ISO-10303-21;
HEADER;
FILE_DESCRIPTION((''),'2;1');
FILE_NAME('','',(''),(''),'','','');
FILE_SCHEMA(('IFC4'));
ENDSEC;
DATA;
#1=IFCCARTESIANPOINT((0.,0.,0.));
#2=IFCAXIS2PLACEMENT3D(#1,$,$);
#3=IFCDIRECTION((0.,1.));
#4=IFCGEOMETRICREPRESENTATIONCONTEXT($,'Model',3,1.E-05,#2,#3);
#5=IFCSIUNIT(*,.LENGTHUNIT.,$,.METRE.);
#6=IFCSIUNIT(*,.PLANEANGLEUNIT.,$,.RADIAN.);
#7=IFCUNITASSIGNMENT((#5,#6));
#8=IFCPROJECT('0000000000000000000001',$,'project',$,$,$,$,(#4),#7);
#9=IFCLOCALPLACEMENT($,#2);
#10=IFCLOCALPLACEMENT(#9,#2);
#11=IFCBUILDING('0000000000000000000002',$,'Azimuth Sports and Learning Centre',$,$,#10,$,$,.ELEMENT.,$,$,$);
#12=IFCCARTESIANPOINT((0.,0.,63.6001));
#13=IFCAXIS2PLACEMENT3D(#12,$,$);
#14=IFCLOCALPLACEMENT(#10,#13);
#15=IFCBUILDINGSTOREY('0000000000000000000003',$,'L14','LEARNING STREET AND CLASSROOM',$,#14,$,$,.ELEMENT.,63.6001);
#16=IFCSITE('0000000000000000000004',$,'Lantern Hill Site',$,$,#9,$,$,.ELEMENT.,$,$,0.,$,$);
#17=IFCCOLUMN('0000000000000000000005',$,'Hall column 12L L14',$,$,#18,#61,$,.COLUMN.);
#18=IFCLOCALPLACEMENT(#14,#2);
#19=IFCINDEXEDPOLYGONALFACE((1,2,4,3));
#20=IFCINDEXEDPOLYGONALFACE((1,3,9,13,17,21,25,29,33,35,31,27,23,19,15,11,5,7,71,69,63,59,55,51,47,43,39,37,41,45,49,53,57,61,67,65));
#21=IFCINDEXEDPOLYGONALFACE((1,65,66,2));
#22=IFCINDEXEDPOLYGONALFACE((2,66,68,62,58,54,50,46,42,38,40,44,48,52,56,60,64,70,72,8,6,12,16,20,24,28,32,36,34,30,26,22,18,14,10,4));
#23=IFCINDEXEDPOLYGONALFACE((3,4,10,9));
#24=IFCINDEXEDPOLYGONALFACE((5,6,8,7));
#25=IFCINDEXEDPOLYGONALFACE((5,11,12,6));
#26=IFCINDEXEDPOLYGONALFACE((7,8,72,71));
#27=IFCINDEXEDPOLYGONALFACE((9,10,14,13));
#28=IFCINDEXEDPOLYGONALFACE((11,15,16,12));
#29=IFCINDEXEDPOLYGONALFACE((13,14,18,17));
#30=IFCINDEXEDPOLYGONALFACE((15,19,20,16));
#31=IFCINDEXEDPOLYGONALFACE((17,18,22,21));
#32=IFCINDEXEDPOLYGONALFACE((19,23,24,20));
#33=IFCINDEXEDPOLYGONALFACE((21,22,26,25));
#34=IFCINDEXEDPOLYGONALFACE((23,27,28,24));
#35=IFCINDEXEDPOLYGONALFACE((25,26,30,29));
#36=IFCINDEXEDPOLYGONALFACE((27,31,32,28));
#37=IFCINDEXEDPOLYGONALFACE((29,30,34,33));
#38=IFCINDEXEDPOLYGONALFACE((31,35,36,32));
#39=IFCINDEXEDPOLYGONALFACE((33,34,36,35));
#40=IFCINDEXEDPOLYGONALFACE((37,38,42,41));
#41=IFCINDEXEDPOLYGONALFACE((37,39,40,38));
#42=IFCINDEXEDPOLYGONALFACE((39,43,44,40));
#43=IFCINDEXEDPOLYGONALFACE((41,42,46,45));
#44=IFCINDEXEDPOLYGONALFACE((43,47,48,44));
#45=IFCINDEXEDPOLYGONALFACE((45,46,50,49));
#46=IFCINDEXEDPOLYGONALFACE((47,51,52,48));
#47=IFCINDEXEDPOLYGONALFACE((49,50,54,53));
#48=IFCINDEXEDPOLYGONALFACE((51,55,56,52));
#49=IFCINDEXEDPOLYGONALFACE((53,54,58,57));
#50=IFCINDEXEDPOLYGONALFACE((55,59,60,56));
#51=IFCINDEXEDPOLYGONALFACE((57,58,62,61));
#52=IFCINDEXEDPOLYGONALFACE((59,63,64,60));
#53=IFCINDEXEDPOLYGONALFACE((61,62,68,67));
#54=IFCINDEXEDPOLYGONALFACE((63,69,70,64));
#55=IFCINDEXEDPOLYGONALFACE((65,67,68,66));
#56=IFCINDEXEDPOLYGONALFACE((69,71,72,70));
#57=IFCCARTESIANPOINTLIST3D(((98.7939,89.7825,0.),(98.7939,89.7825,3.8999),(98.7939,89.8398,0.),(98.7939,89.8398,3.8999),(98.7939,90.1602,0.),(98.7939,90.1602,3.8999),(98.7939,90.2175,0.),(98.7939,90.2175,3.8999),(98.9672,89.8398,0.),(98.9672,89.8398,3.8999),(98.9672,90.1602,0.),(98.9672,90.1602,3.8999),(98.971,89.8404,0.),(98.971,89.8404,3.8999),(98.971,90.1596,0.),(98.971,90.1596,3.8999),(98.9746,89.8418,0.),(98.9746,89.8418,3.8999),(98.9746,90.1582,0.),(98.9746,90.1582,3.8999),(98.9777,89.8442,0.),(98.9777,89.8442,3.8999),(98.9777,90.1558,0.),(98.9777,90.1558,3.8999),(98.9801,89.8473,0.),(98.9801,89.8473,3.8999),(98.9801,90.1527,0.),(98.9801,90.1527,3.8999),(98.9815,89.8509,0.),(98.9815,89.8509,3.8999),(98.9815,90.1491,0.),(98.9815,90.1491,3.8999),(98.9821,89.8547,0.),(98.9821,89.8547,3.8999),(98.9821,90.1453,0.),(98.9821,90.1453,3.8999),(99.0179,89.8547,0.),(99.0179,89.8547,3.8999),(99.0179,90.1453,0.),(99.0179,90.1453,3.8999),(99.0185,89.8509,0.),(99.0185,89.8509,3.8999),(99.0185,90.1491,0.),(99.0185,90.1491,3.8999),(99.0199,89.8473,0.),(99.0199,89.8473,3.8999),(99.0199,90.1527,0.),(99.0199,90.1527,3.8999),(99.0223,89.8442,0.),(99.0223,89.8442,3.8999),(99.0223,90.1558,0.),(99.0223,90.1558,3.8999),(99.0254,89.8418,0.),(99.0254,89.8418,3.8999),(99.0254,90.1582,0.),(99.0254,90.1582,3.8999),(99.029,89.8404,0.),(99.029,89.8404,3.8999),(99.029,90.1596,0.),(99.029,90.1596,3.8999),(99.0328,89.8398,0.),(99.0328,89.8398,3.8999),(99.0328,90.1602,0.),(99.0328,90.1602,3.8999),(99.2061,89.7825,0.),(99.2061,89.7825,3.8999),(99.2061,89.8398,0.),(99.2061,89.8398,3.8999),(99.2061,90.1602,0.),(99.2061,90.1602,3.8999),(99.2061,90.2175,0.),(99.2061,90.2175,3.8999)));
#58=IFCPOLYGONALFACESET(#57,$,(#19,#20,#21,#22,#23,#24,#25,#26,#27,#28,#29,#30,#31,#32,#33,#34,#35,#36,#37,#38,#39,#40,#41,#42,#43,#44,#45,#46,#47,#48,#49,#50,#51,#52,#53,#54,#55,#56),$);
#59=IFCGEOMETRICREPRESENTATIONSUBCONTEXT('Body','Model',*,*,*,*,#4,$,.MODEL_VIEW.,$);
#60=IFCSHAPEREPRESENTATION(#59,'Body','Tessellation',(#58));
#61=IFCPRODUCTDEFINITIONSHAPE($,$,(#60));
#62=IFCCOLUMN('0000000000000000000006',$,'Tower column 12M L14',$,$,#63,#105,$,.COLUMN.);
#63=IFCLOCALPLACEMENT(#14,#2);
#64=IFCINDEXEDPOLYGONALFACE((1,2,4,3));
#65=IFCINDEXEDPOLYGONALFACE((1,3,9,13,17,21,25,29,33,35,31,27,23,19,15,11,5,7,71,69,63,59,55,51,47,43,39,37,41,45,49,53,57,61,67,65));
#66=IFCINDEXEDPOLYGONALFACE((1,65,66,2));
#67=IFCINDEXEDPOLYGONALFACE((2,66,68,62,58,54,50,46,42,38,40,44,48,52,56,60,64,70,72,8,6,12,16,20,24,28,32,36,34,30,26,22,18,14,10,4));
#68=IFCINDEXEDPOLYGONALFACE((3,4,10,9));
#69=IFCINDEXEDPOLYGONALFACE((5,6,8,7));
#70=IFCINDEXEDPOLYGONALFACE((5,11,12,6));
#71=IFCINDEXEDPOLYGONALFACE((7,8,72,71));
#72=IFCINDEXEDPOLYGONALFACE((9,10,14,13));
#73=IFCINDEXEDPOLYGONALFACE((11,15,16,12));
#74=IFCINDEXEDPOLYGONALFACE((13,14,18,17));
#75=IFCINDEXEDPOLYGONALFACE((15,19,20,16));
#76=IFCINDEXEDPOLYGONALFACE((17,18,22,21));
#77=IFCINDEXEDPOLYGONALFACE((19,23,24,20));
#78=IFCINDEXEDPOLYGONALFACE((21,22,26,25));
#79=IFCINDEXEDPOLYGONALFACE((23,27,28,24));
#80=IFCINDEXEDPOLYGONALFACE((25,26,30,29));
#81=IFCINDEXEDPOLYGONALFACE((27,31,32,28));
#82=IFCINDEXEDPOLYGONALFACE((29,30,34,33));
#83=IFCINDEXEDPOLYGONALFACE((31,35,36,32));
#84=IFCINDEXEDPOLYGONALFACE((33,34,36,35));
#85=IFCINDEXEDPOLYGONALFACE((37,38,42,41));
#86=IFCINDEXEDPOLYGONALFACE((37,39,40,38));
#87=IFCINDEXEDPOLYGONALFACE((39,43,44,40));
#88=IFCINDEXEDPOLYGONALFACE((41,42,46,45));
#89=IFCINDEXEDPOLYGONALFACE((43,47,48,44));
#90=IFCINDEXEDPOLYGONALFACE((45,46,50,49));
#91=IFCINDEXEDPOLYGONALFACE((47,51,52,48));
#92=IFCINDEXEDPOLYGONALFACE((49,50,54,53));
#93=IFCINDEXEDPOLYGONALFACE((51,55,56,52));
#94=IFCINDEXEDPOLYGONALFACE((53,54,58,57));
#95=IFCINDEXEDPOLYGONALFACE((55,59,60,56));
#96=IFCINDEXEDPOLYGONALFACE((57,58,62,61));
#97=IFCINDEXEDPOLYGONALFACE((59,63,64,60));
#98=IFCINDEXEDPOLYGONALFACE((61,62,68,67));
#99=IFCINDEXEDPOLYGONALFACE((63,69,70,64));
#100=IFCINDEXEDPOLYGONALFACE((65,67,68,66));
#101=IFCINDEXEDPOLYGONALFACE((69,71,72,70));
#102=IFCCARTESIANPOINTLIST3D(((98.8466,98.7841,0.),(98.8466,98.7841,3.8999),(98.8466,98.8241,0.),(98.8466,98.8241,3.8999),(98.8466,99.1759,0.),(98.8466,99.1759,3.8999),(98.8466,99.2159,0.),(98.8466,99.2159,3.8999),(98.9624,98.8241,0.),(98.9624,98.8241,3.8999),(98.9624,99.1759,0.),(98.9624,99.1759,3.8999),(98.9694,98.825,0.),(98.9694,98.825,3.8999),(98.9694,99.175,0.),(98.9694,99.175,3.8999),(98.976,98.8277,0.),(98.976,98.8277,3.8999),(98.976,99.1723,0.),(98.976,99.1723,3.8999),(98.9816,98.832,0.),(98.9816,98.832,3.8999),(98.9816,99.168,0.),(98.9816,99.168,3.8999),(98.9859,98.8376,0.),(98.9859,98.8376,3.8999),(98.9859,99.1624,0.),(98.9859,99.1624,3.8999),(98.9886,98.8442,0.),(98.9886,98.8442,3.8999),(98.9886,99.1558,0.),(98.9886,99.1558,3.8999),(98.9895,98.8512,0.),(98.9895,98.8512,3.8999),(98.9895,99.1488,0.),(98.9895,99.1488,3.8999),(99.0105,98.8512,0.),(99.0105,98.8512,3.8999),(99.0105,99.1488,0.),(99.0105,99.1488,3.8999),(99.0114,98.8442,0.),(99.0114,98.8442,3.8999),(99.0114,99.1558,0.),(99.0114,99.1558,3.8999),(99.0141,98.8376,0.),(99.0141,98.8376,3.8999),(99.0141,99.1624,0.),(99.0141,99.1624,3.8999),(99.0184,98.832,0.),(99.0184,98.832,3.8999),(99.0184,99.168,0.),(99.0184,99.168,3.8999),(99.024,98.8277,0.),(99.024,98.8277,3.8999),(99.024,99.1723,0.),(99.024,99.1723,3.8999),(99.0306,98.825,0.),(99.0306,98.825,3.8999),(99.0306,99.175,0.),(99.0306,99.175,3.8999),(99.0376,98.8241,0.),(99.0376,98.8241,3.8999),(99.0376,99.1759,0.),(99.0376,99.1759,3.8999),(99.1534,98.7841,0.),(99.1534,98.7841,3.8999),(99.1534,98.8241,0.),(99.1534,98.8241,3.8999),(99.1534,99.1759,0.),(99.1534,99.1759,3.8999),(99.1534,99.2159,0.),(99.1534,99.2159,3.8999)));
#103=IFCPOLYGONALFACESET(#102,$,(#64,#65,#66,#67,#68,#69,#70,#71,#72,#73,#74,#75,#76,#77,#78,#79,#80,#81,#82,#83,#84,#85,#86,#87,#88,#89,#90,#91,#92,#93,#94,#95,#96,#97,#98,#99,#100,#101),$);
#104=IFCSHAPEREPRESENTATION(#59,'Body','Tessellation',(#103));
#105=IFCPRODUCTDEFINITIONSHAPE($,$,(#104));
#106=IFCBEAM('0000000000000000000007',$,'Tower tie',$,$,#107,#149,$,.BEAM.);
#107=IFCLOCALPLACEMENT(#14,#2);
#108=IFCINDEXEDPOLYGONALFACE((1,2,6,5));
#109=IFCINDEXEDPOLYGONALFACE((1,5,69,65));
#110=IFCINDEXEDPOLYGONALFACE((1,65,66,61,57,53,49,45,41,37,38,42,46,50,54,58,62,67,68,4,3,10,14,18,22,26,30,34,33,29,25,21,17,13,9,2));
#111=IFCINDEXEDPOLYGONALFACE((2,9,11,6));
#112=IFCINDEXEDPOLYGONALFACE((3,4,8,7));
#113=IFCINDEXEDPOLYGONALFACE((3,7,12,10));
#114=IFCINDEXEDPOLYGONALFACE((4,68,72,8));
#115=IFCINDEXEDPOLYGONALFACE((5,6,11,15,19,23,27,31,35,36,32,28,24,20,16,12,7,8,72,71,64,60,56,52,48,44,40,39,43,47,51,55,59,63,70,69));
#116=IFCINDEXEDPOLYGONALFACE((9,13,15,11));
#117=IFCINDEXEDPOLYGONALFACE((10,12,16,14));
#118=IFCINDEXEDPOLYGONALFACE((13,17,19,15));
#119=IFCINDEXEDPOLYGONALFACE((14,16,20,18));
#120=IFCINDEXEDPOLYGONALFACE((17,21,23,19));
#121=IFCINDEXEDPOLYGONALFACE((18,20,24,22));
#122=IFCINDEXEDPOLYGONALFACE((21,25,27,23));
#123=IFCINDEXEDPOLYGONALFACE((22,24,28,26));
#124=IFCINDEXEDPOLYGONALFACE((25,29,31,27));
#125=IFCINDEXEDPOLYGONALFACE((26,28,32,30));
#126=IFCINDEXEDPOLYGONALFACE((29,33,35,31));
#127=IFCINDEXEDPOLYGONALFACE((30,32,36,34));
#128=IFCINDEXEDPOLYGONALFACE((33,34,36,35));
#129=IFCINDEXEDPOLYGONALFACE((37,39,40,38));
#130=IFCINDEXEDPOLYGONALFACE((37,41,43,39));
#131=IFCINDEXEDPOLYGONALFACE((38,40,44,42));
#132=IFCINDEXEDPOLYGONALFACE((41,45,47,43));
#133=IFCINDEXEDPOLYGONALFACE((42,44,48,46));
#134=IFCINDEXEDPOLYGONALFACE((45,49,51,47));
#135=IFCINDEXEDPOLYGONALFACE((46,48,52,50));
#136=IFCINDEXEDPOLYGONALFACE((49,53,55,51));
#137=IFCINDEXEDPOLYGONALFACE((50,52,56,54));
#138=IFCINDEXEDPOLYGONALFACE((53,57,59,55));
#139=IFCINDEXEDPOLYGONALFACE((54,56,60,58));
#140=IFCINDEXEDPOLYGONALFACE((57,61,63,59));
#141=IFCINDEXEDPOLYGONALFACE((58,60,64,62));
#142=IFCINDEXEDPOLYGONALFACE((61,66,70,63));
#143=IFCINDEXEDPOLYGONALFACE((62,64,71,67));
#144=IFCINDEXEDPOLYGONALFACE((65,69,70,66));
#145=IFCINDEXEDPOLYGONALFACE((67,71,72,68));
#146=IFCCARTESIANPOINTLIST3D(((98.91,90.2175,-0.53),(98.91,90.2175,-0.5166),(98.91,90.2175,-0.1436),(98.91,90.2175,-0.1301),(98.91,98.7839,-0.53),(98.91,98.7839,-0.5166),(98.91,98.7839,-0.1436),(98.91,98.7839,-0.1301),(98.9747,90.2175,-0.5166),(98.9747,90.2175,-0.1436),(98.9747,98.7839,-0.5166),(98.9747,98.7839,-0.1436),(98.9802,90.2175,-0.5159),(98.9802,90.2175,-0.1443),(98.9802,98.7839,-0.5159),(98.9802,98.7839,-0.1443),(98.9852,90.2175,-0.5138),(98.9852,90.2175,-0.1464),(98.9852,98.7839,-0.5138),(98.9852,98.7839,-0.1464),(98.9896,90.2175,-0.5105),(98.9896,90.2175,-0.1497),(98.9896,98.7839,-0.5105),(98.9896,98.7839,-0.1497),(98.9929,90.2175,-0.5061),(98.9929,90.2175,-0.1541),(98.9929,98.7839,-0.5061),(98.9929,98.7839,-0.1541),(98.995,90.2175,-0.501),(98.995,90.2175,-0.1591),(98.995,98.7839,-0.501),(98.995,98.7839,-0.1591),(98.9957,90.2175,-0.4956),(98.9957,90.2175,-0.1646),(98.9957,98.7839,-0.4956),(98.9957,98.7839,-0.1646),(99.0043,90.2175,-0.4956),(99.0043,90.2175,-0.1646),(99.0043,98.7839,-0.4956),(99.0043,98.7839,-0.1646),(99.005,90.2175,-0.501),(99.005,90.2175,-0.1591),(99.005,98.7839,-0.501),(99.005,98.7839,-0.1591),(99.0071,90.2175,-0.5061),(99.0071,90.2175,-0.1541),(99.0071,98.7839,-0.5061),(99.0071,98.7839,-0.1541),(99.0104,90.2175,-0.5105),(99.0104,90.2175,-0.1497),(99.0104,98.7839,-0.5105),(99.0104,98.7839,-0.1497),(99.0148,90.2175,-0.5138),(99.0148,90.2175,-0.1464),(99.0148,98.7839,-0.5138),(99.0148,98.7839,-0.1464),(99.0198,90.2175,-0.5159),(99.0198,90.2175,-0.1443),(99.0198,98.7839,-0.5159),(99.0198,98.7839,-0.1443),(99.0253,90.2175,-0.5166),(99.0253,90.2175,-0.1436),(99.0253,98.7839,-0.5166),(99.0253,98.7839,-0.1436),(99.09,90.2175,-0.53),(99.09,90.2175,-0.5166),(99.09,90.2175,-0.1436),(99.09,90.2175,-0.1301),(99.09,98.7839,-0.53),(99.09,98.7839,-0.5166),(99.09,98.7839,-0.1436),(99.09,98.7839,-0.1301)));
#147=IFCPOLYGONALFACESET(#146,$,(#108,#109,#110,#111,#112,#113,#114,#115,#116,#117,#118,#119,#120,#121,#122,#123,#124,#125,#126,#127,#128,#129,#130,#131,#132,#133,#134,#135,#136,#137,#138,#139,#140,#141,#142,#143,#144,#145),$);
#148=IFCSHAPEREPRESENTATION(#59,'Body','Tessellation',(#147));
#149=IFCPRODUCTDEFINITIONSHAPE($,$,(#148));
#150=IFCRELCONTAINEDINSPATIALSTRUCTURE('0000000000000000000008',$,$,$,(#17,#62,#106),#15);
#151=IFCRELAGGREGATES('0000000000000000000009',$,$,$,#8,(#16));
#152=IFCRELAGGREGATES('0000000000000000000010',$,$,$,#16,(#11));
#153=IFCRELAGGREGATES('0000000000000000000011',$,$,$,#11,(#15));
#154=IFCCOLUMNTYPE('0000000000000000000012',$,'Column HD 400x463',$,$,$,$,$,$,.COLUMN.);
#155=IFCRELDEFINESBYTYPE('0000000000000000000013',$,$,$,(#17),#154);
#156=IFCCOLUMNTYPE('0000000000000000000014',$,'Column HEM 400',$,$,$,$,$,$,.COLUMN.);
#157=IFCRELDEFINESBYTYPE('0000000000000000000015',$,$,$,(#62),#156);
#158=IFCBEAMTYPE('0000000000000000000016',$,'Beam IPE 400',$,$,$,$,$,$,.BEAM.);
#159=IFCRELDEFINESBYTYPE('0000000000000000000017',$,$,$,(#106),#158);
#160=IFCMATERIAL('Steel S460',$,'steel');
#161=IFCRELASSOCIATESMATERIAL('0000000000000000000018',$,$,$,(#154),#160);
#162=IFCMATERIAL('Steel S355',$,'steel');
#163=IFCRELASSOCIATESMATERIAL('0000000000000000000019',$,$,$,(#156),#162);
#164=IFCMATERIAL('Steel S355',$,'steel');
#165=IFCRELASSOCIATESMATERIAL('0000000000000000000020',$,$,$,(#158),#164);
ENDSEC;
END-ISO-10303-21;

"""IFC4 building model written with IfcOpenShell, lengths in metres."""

from ifc_helpers import new_model, si_unit, direction, frame, origin, origin_2d, place, context, subcontext, project, spatial, i_section, extrude, material, material_profile, profile_set, type_object, element, save


model = new_model("IFC4")

# Units and contexts
model_context = context("Model", 3, precision=1e-05, world=origin(), true_north=direction((0.0, 1.0)))
body_context = subcontext(model_context, "Body", "Model", "MODEL_VIEW")
ifc_project = project(units=[si_unit("LENGTHUNIT", "METRE"), si_unit("PLANEANGLEUNIT", "RADIAN")], contexts=[model_context])

# Site, building, storey
site_placement = place(None, origin())
site = spatial("IfcSite", under=ifc_project, at=site_placement, Name="Lantern Hill Site", CompositionType="ELEMENT", RefElevation=0.0)
building_placement = place(site_placement, origin())
building = spatial("IfcBuilding", under=site, at=building_placement, Name="Azimuth Sports and Learning Centre", CompositionType="ELEMENT")
storey_placement = place(building_placement, frame((0.0, 0.0, 63.6001)))
storey = spatial("IfcBuildingStorey", under=building, at=storey_placement, Name="L14", Description="LEARNING STREET AND CLASSROOM", CompositionType="ELEMENT", Elevation=63.6001)

# Columns
ifc_material_1 = material(Name="Steel S460", Category="steel")
ifc_material_profile_1 = material_profile(ifc_material_1, i_section(OverallWidth=0.4121, OverallDepth=0.4351, WebThickness=0.0359, FlangeThickness=0.0574, FilletRadius=0.0149, at=origin_2d()), Name="HD 400x463")
ifc_profile_set_1 = profile_set([ifc_material_profile_1], Name="Steel S460")
column_type_1 = type_object("IfcColumnType", Name="Column HD 400x463", PredefinedType="COLUMN", material=ifc_profile_set_1)
column_1_placement = place(storey_placement, frame((99.0, 90.0, 0.0), z_axis=(0.0, 0.0, 1.0), x_axis=(1.0, 0.0, 0.0)))
element("IfcColumn", 1, at=column_1_placement, inside=storey, type_object=column_type_1, Name="Hall column 12L L14", PredefinedType="COLUMN", context=body_context, shape_type="SweptSolid", body=[
    extrude(i_section(OverallWidth=0.4121, OverallDepth=0.4351, WebThickness=0.0359, FlangeThickness=0.0574, FilletRadius=0.0149, at=origin_2d()), origin(), (0.0, 0.0, 1.0), 3.8999),
])
ifc_material_2 = material(Name="Steel S355", Category="steel")
ifc_material_profile_2 = material_profile(ifc_material_2, i_section(OverallWidth=0.3069, OverallDepth=0.4319, WebThickness=0.021, FlangeThickness=0.04, FilletRadius=0.0271, at=origin_2d()), Name="HEM 400")
ifc_profile_set_2 = profile_set([ifc_material_profile_2], Name="Steel S355")
column_type_2 = type_object("IfcColumnType", Name="Column HEM 400", PredefinedType="COLUMN", material=ifc_profile_set_2)
column_2_placement = place(storey_placement, frame((99.0, 99.0, 0.0), z_axis=(0.0, 0.0, 1.0), x_axis=(1.0, 0.0, 0.0)))
element("IfcColumn", 2, at=column_2_placement, inside=storey, type_object=column_type_2, Name="Tower column 12M L14", PredefinedType="COLUMN", context=body_context, shape_type="SweptSolid", body=[
    extrude(i_section(OverallWidth=0.3069, OverallDepth=0.4319, WebThickness=0.021, FlangeThickness=0.04, FilletRadius=0.0271, at=origin_2d()), origin(), (0.0, 0.0, 1.0), 3.8999),
])

# Beam
ifc_material_3 = material(Name="Steel S355", Category="steel")
ifc_material_profile_3 = material_profile(ifc_material_3, i_section(OverallWidth=0.1799, OverallDepth=0.3999, WebThickness=0.0085, FlangeThickness=0.0134, FilletRadius=0.021, at=origin_2d()), Name="IPE 400")
ifc_profile_set_3 = profile_set([ifc_material_profile_3], Name="Steel S355")
beam_type_1 = type_object("IfcBeamType", Name="Beam IPE 400", PredefinedType="BEAM", material=ifc_profile_set_3)
beam_1_placement = place(storey_placement, frame((99.0, 90.2175, -0.3301), z_axis=(0.0, 1.0, 0.0), x_axis=(-1.0, 0.0, 0.0)))
element("IfcBeam", 3, at=beam_1_placement, inside=storey, type_object=beam_type_1, Name="Tower tie", PredefinedType="BEAM", context=body_context, shape_type="SweptSolid", body=[
    extrude(i_section(OverallWidth=0.1799, OverallDepth=0.3999, WebThickness=0.0085, FlangeThickness=0.0134, FilletRadius=0.021, at=origin_2d()), origin(), (0.0, 0.0, 1.0), 8.5664),
])

save(model, "model.ifc")
